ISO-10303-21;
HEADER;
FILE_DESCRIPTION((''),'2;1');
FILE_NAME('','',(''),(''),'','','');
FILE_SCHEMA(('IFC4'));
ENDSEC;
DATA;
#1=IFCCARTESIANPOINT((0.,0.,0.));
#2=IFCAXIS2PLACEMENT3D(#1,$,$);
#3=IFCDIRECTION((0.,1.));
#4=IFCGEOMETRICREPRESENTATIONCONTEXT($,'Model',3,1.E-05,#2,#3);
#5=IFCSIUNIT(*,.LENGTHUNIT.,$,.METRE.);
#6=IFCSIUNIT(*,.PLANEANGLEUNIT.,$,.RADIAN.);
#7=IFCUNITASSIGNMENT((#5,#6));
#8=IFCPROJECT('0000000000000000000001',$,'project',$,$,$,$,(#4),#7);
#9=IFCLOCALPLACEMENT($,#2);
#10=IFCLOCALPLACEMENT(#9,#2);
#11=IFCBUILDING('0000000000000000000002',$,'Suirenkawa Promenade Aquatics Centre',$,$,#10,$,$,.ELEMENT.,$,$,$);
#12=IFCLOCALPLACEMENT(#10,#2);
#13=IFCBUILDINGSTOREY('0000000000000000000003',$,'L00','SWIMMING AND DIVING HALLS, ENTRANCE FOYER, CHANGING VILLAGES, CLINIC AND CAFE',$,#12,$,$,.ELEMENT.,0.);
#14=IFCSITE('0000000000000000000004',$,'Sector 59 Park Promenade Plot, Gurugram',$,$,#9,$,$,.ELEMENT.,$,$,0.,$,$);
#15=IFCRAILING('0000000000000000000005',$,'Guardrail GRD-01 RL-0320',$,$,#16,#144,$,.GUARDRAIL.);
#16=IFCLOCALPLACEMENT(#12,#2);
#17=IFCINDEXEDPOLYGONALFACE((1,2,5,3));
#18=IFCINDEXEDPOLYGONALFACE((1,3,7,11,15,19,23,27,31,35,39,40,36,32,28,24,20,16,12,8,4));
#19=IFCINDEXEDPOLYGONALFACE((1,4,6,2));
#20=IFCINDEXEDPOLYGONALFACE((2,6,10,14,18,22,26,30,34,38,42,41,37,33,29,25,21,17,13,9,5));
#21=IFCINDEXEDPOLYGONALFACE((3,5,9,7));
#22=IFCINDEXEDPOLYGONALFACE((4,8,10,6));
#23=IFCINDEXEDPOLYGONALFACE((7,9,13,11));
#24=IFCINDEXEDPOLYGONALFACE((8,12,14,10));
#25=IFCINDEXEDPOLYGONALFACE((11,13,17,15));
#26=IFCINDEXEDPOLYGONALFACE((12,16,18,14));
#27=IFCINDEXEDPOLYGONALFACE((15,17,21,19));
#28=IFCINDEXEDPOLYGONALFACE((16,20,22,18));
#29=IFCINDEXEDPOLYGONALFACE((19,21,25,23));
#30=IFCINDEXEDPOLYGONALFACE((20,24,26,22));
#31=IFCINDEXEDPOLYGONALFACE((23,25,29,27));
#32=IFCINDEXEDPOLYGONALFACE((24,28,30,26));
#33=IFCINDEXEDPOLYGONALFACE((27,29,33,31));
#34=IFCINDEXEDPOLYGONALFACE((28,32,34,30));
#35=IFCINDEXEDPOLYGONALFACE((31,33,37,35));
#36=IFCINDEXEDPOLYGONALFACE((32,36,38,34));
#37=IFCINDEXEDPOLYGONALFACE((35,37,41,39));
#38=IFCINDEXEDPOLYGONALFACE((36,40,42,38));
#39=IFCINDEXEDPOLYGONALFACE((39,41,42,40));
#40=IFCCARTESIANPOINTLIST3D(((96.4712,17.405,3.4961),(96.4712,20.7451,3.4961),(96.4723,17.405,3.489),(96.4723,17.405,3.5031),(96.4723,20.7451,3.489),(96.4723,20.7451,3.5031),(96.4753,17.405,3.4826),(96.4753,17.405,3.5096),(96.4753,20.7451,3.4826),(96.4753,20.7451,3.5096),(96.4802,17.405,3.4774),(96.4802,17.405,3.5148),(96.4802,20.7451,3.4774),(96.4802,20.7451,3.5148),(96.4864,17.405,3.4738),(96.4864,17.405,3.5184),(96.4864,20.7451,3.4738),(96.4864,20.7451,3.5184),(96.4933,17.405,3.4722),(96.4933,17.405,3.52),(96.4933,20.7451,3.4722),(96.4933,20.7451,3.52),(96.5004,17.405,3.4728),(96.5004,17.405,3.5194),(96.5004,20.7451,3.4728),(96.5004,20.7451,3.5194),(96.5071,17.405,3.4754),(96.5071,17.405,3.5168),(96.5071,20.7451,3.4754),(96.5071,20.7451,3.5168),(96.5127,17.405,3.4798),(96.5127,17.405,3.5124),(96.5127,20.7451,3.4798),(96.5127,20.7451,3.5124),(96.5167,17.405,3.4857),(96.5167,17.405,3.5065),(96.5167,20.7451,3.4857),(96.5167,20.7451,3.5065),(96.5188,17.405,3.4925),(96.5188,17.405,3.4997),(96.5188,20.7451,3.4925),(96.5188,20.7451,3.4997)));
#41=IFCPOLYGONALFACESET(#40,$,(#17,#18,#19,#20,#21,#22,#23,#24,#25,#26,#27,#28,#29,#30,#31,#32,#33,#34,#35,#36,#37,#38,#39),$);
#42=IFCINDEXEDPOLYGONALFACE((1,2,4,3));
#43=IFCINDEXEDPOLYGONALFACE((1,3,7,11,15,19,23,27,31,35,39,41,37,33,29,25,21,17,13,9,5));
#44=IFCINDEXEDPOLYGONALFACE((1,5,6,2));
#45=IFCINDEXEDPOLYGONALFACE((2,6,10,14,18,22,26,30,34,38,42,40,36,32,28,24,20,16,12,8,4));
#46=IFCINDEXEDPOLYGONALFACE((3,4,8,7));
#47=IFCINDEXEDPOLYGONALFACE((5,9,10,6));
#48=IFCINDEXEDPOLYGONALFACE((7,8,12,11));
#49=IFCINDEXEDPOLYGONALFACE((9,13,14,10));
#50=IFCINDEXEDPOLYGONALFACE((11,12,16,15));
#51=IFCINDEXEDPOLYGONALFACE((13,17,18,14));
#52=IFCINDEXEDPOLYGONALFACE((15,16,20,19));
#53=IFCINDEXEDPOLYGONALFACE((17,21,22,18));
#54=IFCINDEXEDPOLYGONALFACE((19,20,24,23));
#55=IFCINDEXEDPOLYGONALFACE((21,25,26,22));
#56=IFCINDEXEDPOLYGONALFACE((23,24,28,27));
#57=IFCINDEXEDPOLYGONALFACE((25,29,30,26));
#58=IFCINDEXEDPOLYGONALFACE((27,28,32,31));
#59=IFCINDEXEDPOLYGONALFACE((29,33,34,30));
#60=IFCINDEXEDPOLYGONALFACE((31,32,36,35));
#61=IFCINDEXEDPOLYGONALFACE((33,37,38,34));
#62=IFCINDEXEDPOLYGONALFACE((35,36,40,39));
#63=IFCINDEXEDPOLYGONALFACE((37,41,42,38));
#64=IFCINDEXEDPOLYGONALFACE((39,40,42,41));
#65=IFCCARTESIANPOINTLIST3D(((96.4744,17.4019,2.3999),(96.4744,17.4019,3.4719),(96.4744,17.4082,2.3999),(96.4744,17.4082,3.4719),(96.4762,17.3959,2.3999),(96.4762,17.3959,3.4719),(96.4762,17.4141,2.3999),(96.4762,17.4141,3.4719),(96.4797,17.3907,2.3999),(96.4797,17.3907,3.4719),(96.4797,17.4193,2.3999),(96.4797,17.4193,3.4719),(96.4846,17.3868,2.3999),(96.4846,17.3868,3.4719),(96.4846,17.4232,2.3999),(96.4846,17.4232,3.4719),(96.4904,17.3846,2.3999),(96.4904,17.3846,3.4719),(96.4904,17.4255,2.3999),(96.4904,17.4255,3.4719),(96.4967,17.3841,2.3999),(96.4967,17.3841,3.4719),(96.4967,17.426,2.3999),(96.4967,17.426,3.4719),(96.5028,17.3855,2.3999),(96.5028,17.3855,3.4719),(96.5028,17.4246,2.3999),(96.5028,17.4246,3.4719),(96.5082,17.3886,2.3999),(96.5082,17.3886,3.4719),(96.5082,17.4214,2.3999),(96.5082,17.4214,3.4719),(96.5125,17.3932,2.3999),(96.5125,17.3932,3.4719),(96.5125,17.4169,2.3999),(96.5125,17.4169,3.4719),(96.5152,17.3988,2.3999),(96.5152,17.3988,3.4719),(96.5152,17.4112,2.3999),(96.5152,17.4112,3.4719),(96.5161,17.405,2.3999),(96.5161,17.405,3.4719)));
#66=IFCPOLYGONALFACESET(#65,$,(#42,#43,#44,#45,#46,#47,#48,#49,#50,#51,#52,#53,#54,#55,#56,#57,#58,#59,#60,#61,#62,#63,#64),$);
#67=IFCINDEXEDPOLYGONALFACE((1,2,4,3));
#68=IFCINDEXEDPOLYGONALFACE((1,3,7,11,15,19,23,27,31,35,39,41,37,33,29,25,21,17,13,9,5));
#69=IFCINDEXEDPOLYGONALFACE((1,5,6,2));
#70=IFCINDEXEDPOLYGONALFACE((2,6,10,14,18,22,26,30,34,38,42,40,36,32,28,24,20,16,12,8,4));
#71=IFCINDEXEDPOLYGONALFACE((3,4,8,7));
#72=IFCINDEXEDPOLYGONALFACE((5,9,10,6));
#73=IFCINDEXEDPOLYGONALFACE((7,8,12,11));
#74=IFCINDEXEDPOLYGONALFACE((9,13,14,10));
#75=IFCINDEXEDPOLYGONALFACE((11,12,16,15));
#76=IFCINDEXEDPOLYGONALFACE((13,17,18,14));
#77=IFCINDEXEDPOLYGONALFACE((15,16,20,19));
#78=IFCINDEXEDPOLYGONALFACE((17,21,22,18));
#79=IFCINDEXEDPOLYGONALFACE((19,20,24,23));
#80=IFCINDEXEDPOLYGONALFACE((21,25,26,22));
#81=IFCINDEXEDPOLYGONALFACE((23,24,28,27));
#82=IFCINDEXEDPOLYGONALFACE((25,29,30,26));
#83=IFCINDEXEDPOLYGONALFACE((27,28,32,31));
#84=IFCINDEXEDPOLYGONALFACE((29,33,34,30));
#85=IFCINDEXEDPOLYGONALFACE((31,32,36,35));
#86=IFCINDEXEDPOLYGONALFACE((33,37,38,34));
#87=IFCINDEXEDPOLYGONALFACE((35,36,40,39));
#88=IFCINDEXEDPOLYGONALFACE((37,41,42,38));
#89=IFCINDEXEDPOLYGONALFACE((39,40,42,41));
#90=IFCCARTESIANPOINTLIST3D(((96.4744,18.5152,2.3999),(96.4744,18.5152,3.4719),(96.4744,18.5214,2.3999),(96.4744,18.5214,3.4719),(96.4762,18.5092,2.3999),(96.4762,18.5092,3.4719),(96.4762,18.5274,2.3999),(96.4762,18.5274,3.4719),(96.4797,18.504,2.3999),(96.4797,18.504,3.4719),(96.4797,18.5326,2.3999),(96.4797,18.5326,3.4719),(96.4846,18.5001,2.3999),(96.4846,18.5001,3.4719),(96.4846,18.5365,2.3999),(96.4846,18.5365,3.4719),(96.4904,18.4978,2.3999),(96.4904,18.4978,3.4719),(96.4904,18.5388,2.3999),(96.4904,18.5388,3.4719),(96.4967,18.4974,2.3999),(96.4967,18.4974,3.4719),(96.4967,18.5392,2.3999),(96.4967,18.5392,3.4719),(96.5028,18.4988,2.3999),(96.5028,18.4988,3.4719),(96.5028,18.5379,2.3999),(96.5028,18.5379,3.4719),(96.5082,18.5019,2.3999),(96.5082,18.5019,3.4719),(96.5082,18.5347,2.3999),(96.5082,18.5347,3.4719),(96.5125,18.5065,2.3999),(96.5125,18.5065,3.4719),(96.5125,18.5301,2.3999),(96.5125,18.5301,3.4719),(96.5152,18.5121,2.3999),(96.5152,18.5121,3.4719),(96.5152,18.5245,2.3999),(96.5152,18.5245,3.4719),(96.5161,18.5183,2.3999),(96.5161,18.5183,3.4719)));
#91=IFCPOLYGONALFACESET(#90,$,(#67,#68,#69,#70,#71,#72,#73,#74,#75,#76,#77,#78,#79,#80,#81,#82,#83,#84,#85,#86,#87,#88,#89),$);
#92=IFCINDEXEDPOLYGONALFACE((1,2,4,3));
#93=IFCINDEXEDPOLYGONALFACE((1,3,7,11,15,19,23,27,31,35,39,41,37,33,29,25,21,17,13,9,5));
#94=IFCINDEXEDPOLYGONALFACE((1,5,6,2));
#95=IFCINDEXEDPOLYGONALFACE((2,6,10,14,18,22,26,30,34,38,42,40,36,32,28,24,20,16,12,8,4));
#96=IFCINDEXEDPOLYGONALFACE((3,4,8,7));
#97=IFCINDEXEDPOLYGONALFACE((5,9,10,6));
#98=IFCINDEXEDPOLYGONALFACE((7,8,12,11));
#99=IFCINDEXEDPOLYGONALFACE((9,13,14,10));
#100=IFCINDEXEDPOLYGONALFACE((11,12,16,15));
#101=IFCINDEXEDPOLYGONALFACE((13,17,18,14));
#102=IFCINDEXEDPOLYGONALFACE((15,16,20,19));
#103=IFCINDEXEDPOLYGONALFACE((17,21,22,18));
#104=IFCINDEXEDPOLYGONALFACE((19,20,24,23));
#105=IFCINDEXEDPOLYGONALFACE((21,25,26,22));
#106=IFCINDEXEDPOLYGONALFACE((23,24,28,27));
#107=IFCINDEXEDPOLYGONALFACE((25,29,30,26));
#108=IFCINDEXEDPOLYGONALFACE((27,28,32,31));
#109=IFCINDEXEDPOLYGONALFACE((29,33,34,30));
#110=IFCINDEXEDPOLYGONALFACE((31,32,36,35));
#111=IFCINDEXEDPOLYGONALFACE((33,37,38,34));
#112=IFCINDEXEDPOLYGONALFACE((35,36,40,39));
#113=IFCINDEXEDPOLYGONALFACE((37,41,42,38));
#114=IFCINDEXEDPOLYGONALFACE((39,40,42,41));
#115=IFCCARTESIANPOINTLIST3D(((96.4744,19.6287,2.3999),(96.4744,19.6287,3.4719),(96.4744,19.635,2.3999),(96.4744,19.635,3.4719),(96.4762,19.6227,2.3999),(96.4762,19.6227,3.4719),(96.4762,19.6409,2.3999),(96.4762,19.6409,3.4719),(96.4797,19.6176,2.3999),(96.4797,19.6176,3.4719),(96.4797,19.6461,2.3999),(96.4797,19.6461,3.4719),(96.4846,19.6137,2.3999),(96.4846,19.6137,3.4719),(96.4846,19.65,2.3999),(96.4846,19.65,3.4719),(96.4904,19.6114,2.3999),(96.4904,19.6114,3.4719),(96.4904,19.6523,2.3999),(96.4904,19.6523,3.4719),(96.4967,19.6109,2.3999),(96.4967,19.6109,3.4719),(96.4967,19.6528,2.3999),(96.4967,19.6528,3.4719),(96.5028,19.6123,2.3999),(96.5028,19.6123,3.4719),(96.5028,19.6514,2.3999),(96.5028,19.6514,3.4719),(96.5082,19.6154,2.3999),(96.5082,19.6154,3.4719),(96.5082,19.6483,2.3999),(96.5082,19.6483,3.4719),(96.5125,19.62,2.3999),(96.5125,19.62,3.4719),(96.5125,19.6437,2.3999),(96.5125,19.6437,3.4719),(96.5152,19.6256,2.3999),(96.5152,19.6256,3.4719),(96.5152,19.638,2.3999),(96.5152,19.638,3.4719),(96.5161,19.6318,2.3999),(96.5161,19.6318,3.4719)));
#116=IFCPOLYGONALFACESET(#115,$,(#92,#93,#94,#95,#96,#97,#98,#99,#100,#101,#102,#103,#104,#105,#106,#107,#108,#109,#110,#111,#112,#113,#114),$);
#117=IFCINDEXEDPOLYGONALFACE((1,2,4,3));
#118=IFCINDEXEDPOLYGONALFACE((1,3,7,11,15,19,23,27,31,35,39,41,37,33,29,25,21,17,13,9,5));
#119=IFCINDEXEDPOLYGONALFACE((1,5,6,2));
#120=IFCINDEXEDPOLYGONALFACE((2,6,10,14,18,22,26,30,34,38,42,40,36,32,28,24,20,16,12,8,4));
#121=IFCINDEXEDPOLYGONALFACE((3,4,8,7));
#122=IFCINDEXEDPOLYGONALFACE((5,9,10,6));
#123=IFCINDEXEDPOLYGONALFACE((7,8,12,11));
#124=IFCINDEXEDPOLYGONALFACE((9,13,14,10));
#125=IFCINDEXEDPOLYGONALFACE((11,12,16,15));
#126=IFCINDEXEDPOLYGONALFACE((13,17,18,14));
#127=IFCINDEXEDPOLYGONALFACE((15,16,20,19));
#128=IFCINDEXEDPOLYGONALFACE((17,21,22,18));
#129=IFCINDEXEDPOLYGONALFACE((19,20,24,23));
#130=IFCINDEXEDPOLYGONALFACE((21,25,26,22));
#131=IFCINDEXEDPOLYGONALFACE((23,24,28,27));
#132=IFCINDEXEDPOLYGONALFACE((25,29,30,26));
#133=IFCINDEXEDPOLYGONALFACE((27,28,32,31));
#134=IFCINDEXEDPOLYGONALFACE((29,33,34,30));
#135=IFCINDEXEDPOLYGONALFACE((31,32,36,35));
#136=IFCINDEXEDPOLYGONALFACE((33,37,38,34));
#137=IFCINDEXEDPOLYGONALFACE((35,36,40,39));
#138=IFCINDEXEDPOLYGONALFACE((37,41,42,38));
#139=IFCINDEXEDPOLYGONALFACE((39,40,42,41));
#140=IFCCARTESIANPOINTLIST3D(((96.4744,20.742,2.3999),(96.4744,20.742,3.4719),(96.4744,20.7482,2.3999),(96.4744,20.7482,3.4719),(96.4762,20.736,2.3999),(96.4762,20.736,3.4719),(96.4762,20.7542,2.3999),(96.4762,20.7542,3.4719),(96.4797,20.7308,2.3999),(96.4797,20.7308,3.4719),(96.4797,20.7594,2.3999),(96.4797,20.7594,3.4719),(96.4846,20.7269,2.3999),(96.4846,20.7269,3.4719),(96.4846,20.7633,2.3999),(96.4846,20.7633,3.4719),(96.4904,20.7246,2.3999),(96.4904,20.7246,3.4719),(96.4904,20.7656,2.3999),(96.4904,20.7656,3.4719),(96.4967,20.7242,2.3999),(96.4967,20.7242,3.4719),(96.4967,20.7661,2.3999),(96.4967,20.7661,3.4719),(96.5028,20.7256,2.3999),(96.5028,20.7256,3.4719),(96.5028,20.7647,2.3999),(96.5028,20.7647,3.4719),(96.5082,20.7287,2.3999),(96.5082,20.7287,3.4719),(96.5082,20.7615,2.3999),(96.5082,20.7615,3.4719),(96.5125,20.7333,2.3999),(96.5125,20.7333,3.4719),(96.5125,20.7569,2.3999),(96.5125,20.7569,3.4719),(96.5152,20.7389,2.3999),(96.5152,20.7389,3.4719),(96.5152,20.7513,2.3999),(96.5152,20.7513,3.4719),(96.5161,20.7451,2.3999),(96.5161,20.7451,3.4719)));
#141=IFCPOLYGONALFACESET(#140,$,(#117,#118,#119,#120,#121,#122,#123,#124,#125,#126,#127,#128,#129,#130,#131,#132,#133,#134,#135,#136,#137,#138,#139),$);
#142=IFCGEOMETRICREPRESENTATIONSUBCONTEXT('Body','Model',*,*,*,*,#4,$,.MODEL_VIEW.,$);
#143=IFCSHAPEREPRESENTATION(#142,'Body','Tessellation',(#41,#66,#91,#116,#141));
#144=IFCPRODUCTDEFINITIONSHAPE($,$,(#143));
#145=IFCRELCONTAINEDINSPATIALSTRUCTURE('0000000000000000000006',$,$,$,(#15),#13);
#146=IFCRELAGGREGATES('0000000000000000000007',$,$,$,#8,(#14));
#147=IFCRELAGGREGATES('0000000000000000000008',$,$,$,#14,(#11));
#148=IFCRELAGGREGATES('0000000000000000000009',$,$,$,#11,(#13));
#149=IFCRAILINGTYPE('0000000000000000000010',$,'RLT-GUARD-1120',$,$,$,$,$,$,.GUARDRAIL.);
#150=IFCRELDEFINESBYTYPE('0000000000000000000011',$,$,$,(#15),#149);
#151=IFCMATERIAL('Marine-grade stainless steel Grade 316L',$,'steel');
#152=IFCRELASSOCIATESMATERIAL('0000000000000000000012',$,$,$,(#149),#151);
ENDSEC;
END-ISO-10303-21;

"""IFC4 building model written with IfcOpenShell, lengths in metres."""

from ifc_helpers import new_model, si_unit, direction, frame, origin, origin_2d, place, context, subcontext, project, spatial, circle, extrude, material, type_object, element, save


model = new_model("IFC4")

# Units and contexts
model_context = context("Model", 3, precision=1e-05, world=origin(), true_north=direction((0.0, 1.0)))
body_context = subcontext(model_context, "Body", "Model", "MODEL_VIEW")
ifc_project = project(units=[si_unit("LENGTHUNIT", "METRE"), si_unit("PLANEANGLEUNIT", "RADIAN")], contexts=[model_context])

# Site, building, storey
site_placement = place(None, origin())
site = spatial("IfcSite", under=ifc_project, at=site_placement, Name="Sector 59 Park Promenade Plot, Gurugram", CompositionType="ELEMENT", RefElevation=0.0)
building_placement = place(site_placement, origin())
building = spatial("IfcBuilding", under=site, at=building_placement, Name="Suirenkawa Promenade Aquatics Centre", CompositionType="ELEMENT")
storey_placement = place(building_placement, origin())
storey = spatial("IfcBuildingStorey", under=building, at=storey_placement, Name="L00", Description="SWIMMING AND DIVING HALLS, ENTRANCE FOYER, CHANGING VILLAGES, CLINIC AND CAFE", CompositionType="ELEMENT", Elevation=0.0)

# Railing
ifc_material_1 = material(Name="Marine-grade stainless steel Grade 316L", Category="steel")
railing_type_1 = type_object("IfcRailingType", Name="RLT-GUARD-1120", PredefinedType="GUARDRAIL", material=ifc_material_1)
for number, where, name in (
    (1, (96.4951, 17.405, 2.3999), "Guardrail GRD-01 RL-0320"),
):
    element("IfcRailing", number, at=place(storey_placement, frame(where)), inside=storey, type_object=railing_type_1, Name=name, PredefinedType="GUARDRAIL", context=body_context, shape_type="SweptSolid", body=[
        extrude(circle(Radius=0.0239, at=origin_2d()), frame((0.0, 0.0, 1.0962), z_axis=(0.0, 1.0, 0.0), x_axis=(-1.0, 0.0, 0.0)), (0.0, 0.0, 1.0), 3.3401),
        extrude(circle(Radius=0.021, at=origin_2d()), origin(), (0.0, 0.0, 1.0), 1.072),
        extrude(circle(Radius=0.021, at=origin_2d()), frame((0.0, 1.1133, 0.0)), (0.0, 0.0, 1.0), 1.072),
        extrude(circle(Radius=0.021, at=origin_2d()), frame((0.0, 2.2268, 0.0)), (0.0, 0.0, 1.0), 1.072),
        extrude(circle(Radius=0.021, at=origin_2d()), frame((0.0, 3.3401, 0.0)), (0.0, 0.0, 1.0), 1.072),
    ])

save(model, "model.ifc")
